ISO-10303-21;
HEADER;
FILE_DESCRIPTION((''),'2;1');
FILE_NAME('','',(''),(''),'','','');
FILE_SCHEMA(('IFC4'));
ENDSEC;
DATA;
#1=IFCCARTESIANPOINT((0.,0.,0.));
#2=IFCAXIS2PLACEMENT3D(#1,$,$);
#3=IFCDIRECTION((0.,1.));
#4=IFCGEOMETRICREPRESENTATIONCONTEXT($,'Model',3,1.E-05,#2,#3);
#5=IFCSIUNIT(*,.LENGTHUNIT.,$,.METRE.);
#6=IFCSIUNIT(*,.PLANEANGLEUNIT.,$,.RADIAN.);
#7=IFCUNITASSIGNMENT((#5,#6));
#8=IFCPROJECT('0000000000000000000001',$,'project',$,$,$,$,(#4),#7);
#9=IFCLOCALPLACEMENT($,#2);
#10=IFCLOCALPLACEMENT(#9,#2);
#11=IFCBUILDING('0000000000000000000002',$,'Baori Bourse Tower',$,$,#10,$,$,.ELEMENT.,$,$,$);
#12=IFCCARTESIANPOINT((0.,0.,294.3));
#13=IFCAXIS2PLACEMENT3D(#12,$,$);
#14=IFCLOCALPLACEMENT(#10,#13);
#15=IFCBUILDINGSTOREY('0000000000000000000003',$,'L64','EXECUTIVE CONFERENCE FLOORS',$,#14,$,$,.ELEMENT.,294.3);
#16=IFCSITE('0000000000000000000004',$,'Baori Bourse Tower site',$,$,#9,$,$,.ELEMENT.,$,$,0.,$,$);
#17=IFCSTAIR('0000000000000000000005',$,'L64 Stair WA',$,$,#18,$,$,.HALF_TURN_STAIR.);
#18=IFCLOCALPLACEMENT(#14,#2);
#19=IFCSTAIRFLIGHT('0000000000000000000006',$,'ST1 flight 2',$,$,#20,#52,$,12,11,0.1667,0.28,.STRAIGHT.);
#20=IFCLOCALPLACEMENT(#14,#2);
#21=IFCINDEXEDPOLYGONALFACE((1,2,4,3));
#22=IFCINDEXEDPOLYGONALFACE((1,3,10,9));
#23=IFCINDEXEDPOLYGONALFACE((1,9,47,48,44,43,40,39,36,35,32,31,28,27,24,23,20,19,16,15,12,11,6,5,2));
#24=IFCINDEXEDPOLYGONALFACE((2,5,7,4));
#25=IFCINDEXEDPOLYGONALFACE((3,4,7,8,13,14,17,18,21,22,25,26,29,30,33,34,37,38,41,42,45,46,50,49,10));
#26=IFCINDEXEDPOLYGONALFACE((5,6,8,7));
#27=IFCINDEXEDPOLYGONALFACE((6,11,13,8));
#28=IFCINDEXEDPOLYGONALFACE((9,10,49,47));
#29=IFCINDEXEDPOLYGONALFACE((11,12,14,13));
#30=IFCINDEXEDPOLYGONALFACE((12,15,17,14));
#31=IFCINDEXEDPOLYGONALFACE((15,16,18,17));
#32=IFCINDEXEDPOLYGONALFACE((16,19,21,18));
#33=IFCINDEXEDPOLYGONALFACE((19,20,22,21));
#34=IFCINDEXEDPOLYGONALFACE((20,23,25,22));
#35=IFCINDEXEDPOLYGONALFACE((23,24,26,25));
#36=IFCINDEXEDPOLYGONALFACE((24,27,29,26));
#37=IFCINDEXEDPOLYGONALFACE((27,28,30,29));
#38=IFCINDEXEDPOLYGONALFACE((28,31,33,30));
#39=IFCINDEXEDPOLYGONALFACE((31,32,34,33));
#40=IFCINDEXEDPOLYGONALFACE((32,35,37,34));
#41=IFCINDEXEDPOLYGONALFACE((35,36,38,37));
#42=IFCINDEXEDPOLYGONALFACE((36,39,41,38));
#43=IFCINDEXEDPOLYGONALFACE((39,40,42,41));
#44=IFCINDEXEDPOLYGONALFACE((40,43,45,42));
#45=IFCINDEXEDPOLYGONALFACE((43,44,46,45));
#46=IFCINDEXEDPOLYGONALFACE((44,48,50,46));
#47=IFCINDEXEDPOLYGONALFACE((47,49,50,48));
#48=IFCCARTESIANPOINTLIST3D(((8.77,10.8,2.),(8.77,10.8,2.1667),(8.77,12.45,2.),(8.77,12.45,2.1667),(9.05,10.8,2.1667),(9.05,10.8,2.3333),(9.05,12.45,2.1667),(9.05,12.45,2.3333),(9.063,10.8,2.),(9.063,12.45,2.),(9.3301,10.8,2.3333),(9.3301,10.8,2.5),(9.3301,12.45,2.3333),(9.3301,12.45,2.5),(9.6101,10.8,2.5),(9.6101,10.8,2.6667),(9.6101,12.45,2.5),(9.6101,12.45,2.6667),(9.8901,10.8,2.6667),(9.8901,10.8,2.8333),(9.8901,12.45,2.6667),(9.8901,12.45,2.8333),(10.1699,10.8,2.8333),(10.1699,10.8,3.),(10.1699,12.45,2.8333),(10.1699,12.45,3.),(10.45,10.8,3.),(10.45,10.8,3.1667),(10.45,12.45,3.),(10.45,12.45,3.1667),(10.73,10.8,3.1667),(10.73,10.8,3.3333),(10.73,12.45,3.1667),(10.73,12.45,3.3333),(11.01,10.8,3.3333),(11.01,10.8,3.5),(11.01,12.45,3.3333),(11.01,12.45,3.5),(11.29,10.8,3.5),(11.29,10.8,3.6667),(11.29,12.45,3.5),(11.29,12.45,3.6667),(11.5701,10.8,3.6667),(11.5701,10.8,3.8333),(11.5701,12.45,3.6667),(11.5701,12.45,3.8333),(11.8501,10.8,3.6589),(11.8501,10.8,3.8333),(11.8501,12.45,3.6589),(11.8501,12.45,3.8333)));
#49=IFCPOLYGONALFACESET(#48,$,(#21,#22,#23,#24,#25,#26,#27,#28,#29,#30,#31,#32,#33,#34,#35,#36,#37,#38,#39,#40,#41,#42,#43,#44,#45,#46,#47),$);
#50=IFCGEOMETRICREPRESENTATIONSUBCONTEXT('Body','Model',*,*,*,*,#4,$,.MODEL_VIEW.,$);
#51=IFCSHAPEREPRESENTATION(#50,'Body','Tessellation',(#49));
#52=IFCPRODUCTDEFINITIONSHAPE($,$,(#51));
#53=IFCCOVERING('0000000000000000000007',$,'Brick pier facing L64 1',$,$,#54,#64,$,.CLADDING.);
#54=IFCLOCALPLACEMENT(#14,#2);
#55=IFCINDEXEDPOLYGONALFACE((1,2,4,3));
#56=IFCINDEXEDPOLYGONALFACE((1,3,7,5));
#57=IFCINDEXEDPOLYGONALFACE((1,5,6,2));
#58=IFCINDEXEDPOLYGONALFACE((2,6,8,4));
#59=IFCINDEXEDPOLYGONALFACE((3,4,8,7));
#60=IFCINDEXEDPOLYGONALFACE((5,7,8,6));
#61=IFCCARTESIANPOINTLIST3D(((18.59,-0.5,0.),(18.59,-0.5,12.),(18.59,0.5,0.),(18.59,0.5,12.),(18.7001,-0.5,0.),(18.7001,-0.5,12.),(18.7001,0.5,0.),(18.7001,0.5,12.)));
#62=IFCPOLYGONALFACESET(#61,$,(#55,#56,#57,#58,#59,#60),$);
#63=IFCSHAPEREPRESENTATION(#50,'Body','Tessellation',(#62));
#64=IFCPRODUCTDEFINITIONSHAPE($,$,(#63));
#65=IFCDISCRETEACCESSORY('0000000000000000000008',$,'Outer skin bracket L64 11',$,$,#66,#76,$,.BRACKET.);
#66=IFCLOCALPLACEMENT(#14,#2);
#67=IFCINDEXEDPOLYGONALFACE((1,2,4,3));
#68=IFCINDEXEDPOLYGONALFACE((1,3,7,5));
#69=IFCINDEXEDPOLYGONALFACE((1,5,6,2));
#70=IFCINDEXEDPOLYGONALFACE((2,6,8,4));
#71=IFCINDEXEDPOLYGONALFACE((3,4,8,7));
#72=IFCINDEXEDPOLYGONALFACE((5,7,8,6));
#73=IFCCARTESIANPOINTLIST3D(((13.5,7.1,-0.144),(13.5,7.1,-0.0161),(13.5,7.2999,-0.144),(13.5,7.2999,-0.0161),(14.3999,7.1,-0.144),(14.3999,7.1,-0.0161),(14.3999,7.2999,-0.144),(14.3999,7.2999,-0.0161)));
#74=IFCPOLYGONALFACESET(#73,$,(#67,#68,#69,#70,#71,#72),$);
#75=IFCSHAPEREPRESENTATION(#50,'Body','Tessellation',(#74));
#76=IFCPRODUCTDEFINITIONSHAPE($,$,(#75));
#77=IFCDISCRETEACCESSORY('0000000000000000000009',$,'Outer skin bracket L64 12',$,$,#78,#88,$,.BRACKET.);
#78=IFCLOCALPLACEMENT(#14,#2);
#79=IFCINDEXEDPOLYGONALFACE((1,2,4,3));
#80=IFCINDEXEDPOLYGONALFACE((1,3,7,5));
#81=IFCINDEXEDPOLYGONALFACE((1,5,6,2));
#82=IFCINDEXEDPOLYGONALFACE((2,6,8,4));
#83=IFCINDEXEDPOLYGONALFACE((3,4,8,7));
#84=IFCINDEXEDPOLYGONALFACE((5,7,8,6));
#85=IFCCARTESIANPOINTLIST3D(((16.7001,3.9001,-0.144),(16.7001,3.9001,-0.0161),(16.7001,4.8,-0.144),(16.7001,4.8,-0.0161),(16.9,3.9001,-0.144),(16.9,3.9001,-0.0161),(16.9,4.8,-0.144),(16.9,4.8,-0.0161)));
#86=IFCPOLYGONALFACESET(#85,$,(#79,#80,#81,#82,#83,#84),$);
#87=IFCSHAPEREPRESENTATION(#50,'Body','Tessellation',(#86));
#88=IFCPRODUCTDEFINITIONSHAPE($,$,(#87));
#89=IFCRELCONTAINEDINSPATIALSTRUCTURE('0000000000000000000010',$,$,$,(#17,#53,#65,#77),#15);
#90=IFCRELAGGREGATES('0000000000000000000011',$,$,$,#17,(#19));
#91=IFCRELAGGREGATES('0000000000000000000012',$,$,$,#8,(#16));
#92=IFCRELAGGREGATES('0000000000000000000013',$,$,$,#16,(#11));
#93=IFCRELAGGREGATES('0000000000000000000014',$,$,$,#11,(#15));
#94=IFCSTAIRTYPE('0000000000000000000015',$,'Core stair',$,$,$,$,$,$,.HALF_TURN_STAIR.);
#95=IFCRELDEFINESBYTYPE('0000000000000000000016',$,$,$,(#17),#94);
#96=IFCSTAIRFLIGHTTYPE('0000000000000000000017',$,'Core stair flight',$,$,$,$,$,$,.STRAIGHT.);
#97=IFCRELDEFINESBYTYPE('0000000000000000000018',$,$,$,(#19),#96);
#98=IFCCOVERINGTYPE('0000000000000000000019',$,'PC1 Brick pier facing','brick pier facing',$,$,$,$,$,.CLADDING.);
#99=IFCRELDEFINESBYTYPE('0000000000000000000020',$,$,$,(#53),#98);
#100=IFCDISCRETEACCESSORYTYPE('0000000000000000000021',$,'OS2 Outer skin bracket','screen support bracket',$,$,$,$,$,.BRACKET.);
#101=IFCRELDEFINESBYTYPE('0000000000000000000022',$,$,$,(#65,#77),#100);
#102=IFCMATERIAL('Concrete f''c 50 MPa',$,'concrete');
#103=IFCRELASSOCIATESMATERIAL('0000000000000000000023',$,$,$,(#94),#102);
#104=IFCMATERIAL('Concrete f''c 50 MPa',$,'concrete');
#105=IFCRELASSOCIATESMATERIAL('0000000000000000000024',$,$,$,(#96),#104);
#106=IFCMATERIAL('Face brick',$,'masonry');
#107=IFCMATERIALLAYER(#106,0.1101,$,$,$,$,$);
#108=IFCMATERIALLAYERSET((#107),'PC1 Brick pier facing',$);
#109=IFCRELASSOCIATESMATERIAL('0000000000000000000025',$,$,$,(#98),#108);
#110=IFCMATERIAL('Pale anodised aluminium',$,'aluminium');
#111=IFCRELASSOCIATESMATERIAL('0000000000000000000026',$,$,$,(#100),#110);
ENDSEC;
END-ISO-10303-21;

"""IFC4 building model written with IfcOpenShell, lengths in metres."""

from ifc_helpers import new_model, si_unit, direction, frame, origin, origin_2d, place, context, subcontext, project, spatial, polyline, rectangle, outline, extrude, material, layer, layer_set, type_object, element, aggregate, save


model = new_model("IFC4")

# Units and contexts
model_context = context("Model", 3, precision=1e-05, world=origin(), true_north=direction((0.0, 1.0)))
body_context = subcontext(model_context, "Body", "Model", "MODEL_VIEW")
ifc_project = project(units=[si_unit("LENGTHUNIT", "METRE"), si_unit("PLANEANGLEUNIT", "RADIAN")], contexts=[model_context])

# Site, building, storey
site_placement = place(None, origin())
site = spatial("IfcSite", under=ifc_project, at=site_placement, Name="Baori Bourse Tower site", CompositionType="ELEMENT", RefElevation=0.0)
building_placement = place(site_placement, origin())
building = spatial("IfcBuilding", under=site, at=building_placement, Name="Baori Bourse Tower", CompositionType="ELEMENT")
storey_placement = place(building_placement, frame((0.0, 0.0, 294.3)))
storey = spatial("IfcBuildingStorey", under=building, at=storey_placement, Name="L64", Description="EXECUTIVE CONFERENCE FLOORS", CompositionType="ELEMENT", Elevation=294.3)

# Stair, stair flight
ifc_material_1 = material(Name="Concrete f'c 50 MPa", Category="concrete")
stair_type = type_object("IfcStairType", Name="Core stair", PredefinedType="HALF_TURN_STAIR", material=ifc_material_1)
stair_placement = place(storey_placement, origin())
stair = element("IfcStair", 1, at=stair_placement, inside=storey, type_object=stair_type, Name="L64 Stair WA", PredefinedType="HALF_TURN_STAIR")
ifc_material_2 = material(Name="Concrete f'c 50 MPa", Category="concrete")
stair_flight_type = type_object("IfcStairFlightType", Name="Core stair flight", PredefinedType="STRAIGHT", material=ifc_material_2)
stair_flight_placement = place(storey_placement, frame((8.77, 11.625, 2.0), z_axis=(0.0, 0.0, 1.0), x_axis=(1.0, 0.0, 0.0)))
stair_flight = element("IfcStairFlight", 2, at=stair_flight_placement, type_object=stair_flight_type, Name="ST1 flight 2", NumberOfRisers=12, NumberOfTreads=11, PredefinedType="STRAIGHT", RiserHeight=0.1667, TreadLength=0.28, context=body_context, shape_type="SweptSolid", body=[
    extrude(outline(polyline([(0.0, 0.0), (0.0, 0.1667), (0.28, 0.1667), (0.28, 0.3333), (0.5601, 0.3333), (0.5601, 0.5), (0.8401, 0.5), (0.8401, 0.6667), (1.1201, 0.6667), (1.1201, 0.8333), (1.3999, 0.8333), (1.3999, 1.0), (1.6799, 1.0), (1.6799, 1.1667), (1.96, 1.1667), (1.96, 1.3333), (2.24, 1.3333), (2.24, 1.5), (2.52, 1.5), (2.52, 1.6667), (2.8, 1.6667), (2.8, 1.8333), (3.0801, 1.8333), (3.0801, 2.0), (3.0801, 1.6589), (0.293, 0.0), (0.0, 0.0)])), frame((0.0, 0.825, 0.0), z_axis=(0.0, -1.0, 0.0), x_axis=(1.0, 0.0, 0.0)), (0.0, 0.0, 1.0), 1.6499),
])
aggregate(stair, [stair_flight])

# Covering
ifc_material_3 = material(Name="Face brick", Category="masonry")
ifc_layer_1 = layer(ifc_material_3, 0.1101)
ifc_layer_set_1 = layer_set([ifc_layer_1], Name="PC1 Brick pier facing")
covering_type = type_object("IfcCoveringType", Name="PC1 Brick pier facing", Description="brick pier facing", PredefinedType="CLADDING", material=ifc_layer_set_1)
covering_placement = place(storey_placement, frame((18.645, 0.0, 0.0), z_axis=(0.0, 0.0, 1.0), x_axis=(1.0, 0.0, 0.0)))
element("IfcCovering", 3, at=covering_placement, inside=storey, type_object=covering_type, Name="Brick pier facing L64 1", PredefinedType="CLADDING", context=body_context, shape_type="SweptSolid", body=[
    extrude(rectangle(XDim=0.1101, YDim=1.0, at=origin_2d()), origin(), (0.0, 0.0, 1.0), 12.0),
])

# Discrete accessories
ifc_material_4 = material(Name="Pale anodised aluminium", Category="aluminium")
discrete_accessory_type = type_object("IfcDiscreteAccessoryType", Name="OS2 Outer skin bracket", Description="screen support bracket", PredefinedType="BRACKET", material=ifc_material_4)
for number, where, z_axis, x_axis, name in (
    (4, (13.95, 7.2, -0.144), (0.0, 0.0, 1.0), (0.0, -1.0, 0.0), "Outer skin bracket L64 11"),
    (5, (16.8, 4.3501, -0.144), (0.0, 0.0, 1.0), (1.0, 0.0, 0.0), "Outer skin bracket L64 12"),
):
    element("IfcDiscreteAccessory", number, at=place(storey_placement, frame(where, z_axis=z_axis, x_axis=x_axis)), inside=storey, type_object=discrete_accessory_type, Name=name, PredefinedType="BRACKET", context=body_context, shape_type="SweptSolid", body=[
        extrude(rectangle(XDim=0.2, YDim=0.8999, at=origin_2d()), origin(), (0.0, 0.0, 1.0), 0.1279),
    ])

save(model, "model.ifc")
